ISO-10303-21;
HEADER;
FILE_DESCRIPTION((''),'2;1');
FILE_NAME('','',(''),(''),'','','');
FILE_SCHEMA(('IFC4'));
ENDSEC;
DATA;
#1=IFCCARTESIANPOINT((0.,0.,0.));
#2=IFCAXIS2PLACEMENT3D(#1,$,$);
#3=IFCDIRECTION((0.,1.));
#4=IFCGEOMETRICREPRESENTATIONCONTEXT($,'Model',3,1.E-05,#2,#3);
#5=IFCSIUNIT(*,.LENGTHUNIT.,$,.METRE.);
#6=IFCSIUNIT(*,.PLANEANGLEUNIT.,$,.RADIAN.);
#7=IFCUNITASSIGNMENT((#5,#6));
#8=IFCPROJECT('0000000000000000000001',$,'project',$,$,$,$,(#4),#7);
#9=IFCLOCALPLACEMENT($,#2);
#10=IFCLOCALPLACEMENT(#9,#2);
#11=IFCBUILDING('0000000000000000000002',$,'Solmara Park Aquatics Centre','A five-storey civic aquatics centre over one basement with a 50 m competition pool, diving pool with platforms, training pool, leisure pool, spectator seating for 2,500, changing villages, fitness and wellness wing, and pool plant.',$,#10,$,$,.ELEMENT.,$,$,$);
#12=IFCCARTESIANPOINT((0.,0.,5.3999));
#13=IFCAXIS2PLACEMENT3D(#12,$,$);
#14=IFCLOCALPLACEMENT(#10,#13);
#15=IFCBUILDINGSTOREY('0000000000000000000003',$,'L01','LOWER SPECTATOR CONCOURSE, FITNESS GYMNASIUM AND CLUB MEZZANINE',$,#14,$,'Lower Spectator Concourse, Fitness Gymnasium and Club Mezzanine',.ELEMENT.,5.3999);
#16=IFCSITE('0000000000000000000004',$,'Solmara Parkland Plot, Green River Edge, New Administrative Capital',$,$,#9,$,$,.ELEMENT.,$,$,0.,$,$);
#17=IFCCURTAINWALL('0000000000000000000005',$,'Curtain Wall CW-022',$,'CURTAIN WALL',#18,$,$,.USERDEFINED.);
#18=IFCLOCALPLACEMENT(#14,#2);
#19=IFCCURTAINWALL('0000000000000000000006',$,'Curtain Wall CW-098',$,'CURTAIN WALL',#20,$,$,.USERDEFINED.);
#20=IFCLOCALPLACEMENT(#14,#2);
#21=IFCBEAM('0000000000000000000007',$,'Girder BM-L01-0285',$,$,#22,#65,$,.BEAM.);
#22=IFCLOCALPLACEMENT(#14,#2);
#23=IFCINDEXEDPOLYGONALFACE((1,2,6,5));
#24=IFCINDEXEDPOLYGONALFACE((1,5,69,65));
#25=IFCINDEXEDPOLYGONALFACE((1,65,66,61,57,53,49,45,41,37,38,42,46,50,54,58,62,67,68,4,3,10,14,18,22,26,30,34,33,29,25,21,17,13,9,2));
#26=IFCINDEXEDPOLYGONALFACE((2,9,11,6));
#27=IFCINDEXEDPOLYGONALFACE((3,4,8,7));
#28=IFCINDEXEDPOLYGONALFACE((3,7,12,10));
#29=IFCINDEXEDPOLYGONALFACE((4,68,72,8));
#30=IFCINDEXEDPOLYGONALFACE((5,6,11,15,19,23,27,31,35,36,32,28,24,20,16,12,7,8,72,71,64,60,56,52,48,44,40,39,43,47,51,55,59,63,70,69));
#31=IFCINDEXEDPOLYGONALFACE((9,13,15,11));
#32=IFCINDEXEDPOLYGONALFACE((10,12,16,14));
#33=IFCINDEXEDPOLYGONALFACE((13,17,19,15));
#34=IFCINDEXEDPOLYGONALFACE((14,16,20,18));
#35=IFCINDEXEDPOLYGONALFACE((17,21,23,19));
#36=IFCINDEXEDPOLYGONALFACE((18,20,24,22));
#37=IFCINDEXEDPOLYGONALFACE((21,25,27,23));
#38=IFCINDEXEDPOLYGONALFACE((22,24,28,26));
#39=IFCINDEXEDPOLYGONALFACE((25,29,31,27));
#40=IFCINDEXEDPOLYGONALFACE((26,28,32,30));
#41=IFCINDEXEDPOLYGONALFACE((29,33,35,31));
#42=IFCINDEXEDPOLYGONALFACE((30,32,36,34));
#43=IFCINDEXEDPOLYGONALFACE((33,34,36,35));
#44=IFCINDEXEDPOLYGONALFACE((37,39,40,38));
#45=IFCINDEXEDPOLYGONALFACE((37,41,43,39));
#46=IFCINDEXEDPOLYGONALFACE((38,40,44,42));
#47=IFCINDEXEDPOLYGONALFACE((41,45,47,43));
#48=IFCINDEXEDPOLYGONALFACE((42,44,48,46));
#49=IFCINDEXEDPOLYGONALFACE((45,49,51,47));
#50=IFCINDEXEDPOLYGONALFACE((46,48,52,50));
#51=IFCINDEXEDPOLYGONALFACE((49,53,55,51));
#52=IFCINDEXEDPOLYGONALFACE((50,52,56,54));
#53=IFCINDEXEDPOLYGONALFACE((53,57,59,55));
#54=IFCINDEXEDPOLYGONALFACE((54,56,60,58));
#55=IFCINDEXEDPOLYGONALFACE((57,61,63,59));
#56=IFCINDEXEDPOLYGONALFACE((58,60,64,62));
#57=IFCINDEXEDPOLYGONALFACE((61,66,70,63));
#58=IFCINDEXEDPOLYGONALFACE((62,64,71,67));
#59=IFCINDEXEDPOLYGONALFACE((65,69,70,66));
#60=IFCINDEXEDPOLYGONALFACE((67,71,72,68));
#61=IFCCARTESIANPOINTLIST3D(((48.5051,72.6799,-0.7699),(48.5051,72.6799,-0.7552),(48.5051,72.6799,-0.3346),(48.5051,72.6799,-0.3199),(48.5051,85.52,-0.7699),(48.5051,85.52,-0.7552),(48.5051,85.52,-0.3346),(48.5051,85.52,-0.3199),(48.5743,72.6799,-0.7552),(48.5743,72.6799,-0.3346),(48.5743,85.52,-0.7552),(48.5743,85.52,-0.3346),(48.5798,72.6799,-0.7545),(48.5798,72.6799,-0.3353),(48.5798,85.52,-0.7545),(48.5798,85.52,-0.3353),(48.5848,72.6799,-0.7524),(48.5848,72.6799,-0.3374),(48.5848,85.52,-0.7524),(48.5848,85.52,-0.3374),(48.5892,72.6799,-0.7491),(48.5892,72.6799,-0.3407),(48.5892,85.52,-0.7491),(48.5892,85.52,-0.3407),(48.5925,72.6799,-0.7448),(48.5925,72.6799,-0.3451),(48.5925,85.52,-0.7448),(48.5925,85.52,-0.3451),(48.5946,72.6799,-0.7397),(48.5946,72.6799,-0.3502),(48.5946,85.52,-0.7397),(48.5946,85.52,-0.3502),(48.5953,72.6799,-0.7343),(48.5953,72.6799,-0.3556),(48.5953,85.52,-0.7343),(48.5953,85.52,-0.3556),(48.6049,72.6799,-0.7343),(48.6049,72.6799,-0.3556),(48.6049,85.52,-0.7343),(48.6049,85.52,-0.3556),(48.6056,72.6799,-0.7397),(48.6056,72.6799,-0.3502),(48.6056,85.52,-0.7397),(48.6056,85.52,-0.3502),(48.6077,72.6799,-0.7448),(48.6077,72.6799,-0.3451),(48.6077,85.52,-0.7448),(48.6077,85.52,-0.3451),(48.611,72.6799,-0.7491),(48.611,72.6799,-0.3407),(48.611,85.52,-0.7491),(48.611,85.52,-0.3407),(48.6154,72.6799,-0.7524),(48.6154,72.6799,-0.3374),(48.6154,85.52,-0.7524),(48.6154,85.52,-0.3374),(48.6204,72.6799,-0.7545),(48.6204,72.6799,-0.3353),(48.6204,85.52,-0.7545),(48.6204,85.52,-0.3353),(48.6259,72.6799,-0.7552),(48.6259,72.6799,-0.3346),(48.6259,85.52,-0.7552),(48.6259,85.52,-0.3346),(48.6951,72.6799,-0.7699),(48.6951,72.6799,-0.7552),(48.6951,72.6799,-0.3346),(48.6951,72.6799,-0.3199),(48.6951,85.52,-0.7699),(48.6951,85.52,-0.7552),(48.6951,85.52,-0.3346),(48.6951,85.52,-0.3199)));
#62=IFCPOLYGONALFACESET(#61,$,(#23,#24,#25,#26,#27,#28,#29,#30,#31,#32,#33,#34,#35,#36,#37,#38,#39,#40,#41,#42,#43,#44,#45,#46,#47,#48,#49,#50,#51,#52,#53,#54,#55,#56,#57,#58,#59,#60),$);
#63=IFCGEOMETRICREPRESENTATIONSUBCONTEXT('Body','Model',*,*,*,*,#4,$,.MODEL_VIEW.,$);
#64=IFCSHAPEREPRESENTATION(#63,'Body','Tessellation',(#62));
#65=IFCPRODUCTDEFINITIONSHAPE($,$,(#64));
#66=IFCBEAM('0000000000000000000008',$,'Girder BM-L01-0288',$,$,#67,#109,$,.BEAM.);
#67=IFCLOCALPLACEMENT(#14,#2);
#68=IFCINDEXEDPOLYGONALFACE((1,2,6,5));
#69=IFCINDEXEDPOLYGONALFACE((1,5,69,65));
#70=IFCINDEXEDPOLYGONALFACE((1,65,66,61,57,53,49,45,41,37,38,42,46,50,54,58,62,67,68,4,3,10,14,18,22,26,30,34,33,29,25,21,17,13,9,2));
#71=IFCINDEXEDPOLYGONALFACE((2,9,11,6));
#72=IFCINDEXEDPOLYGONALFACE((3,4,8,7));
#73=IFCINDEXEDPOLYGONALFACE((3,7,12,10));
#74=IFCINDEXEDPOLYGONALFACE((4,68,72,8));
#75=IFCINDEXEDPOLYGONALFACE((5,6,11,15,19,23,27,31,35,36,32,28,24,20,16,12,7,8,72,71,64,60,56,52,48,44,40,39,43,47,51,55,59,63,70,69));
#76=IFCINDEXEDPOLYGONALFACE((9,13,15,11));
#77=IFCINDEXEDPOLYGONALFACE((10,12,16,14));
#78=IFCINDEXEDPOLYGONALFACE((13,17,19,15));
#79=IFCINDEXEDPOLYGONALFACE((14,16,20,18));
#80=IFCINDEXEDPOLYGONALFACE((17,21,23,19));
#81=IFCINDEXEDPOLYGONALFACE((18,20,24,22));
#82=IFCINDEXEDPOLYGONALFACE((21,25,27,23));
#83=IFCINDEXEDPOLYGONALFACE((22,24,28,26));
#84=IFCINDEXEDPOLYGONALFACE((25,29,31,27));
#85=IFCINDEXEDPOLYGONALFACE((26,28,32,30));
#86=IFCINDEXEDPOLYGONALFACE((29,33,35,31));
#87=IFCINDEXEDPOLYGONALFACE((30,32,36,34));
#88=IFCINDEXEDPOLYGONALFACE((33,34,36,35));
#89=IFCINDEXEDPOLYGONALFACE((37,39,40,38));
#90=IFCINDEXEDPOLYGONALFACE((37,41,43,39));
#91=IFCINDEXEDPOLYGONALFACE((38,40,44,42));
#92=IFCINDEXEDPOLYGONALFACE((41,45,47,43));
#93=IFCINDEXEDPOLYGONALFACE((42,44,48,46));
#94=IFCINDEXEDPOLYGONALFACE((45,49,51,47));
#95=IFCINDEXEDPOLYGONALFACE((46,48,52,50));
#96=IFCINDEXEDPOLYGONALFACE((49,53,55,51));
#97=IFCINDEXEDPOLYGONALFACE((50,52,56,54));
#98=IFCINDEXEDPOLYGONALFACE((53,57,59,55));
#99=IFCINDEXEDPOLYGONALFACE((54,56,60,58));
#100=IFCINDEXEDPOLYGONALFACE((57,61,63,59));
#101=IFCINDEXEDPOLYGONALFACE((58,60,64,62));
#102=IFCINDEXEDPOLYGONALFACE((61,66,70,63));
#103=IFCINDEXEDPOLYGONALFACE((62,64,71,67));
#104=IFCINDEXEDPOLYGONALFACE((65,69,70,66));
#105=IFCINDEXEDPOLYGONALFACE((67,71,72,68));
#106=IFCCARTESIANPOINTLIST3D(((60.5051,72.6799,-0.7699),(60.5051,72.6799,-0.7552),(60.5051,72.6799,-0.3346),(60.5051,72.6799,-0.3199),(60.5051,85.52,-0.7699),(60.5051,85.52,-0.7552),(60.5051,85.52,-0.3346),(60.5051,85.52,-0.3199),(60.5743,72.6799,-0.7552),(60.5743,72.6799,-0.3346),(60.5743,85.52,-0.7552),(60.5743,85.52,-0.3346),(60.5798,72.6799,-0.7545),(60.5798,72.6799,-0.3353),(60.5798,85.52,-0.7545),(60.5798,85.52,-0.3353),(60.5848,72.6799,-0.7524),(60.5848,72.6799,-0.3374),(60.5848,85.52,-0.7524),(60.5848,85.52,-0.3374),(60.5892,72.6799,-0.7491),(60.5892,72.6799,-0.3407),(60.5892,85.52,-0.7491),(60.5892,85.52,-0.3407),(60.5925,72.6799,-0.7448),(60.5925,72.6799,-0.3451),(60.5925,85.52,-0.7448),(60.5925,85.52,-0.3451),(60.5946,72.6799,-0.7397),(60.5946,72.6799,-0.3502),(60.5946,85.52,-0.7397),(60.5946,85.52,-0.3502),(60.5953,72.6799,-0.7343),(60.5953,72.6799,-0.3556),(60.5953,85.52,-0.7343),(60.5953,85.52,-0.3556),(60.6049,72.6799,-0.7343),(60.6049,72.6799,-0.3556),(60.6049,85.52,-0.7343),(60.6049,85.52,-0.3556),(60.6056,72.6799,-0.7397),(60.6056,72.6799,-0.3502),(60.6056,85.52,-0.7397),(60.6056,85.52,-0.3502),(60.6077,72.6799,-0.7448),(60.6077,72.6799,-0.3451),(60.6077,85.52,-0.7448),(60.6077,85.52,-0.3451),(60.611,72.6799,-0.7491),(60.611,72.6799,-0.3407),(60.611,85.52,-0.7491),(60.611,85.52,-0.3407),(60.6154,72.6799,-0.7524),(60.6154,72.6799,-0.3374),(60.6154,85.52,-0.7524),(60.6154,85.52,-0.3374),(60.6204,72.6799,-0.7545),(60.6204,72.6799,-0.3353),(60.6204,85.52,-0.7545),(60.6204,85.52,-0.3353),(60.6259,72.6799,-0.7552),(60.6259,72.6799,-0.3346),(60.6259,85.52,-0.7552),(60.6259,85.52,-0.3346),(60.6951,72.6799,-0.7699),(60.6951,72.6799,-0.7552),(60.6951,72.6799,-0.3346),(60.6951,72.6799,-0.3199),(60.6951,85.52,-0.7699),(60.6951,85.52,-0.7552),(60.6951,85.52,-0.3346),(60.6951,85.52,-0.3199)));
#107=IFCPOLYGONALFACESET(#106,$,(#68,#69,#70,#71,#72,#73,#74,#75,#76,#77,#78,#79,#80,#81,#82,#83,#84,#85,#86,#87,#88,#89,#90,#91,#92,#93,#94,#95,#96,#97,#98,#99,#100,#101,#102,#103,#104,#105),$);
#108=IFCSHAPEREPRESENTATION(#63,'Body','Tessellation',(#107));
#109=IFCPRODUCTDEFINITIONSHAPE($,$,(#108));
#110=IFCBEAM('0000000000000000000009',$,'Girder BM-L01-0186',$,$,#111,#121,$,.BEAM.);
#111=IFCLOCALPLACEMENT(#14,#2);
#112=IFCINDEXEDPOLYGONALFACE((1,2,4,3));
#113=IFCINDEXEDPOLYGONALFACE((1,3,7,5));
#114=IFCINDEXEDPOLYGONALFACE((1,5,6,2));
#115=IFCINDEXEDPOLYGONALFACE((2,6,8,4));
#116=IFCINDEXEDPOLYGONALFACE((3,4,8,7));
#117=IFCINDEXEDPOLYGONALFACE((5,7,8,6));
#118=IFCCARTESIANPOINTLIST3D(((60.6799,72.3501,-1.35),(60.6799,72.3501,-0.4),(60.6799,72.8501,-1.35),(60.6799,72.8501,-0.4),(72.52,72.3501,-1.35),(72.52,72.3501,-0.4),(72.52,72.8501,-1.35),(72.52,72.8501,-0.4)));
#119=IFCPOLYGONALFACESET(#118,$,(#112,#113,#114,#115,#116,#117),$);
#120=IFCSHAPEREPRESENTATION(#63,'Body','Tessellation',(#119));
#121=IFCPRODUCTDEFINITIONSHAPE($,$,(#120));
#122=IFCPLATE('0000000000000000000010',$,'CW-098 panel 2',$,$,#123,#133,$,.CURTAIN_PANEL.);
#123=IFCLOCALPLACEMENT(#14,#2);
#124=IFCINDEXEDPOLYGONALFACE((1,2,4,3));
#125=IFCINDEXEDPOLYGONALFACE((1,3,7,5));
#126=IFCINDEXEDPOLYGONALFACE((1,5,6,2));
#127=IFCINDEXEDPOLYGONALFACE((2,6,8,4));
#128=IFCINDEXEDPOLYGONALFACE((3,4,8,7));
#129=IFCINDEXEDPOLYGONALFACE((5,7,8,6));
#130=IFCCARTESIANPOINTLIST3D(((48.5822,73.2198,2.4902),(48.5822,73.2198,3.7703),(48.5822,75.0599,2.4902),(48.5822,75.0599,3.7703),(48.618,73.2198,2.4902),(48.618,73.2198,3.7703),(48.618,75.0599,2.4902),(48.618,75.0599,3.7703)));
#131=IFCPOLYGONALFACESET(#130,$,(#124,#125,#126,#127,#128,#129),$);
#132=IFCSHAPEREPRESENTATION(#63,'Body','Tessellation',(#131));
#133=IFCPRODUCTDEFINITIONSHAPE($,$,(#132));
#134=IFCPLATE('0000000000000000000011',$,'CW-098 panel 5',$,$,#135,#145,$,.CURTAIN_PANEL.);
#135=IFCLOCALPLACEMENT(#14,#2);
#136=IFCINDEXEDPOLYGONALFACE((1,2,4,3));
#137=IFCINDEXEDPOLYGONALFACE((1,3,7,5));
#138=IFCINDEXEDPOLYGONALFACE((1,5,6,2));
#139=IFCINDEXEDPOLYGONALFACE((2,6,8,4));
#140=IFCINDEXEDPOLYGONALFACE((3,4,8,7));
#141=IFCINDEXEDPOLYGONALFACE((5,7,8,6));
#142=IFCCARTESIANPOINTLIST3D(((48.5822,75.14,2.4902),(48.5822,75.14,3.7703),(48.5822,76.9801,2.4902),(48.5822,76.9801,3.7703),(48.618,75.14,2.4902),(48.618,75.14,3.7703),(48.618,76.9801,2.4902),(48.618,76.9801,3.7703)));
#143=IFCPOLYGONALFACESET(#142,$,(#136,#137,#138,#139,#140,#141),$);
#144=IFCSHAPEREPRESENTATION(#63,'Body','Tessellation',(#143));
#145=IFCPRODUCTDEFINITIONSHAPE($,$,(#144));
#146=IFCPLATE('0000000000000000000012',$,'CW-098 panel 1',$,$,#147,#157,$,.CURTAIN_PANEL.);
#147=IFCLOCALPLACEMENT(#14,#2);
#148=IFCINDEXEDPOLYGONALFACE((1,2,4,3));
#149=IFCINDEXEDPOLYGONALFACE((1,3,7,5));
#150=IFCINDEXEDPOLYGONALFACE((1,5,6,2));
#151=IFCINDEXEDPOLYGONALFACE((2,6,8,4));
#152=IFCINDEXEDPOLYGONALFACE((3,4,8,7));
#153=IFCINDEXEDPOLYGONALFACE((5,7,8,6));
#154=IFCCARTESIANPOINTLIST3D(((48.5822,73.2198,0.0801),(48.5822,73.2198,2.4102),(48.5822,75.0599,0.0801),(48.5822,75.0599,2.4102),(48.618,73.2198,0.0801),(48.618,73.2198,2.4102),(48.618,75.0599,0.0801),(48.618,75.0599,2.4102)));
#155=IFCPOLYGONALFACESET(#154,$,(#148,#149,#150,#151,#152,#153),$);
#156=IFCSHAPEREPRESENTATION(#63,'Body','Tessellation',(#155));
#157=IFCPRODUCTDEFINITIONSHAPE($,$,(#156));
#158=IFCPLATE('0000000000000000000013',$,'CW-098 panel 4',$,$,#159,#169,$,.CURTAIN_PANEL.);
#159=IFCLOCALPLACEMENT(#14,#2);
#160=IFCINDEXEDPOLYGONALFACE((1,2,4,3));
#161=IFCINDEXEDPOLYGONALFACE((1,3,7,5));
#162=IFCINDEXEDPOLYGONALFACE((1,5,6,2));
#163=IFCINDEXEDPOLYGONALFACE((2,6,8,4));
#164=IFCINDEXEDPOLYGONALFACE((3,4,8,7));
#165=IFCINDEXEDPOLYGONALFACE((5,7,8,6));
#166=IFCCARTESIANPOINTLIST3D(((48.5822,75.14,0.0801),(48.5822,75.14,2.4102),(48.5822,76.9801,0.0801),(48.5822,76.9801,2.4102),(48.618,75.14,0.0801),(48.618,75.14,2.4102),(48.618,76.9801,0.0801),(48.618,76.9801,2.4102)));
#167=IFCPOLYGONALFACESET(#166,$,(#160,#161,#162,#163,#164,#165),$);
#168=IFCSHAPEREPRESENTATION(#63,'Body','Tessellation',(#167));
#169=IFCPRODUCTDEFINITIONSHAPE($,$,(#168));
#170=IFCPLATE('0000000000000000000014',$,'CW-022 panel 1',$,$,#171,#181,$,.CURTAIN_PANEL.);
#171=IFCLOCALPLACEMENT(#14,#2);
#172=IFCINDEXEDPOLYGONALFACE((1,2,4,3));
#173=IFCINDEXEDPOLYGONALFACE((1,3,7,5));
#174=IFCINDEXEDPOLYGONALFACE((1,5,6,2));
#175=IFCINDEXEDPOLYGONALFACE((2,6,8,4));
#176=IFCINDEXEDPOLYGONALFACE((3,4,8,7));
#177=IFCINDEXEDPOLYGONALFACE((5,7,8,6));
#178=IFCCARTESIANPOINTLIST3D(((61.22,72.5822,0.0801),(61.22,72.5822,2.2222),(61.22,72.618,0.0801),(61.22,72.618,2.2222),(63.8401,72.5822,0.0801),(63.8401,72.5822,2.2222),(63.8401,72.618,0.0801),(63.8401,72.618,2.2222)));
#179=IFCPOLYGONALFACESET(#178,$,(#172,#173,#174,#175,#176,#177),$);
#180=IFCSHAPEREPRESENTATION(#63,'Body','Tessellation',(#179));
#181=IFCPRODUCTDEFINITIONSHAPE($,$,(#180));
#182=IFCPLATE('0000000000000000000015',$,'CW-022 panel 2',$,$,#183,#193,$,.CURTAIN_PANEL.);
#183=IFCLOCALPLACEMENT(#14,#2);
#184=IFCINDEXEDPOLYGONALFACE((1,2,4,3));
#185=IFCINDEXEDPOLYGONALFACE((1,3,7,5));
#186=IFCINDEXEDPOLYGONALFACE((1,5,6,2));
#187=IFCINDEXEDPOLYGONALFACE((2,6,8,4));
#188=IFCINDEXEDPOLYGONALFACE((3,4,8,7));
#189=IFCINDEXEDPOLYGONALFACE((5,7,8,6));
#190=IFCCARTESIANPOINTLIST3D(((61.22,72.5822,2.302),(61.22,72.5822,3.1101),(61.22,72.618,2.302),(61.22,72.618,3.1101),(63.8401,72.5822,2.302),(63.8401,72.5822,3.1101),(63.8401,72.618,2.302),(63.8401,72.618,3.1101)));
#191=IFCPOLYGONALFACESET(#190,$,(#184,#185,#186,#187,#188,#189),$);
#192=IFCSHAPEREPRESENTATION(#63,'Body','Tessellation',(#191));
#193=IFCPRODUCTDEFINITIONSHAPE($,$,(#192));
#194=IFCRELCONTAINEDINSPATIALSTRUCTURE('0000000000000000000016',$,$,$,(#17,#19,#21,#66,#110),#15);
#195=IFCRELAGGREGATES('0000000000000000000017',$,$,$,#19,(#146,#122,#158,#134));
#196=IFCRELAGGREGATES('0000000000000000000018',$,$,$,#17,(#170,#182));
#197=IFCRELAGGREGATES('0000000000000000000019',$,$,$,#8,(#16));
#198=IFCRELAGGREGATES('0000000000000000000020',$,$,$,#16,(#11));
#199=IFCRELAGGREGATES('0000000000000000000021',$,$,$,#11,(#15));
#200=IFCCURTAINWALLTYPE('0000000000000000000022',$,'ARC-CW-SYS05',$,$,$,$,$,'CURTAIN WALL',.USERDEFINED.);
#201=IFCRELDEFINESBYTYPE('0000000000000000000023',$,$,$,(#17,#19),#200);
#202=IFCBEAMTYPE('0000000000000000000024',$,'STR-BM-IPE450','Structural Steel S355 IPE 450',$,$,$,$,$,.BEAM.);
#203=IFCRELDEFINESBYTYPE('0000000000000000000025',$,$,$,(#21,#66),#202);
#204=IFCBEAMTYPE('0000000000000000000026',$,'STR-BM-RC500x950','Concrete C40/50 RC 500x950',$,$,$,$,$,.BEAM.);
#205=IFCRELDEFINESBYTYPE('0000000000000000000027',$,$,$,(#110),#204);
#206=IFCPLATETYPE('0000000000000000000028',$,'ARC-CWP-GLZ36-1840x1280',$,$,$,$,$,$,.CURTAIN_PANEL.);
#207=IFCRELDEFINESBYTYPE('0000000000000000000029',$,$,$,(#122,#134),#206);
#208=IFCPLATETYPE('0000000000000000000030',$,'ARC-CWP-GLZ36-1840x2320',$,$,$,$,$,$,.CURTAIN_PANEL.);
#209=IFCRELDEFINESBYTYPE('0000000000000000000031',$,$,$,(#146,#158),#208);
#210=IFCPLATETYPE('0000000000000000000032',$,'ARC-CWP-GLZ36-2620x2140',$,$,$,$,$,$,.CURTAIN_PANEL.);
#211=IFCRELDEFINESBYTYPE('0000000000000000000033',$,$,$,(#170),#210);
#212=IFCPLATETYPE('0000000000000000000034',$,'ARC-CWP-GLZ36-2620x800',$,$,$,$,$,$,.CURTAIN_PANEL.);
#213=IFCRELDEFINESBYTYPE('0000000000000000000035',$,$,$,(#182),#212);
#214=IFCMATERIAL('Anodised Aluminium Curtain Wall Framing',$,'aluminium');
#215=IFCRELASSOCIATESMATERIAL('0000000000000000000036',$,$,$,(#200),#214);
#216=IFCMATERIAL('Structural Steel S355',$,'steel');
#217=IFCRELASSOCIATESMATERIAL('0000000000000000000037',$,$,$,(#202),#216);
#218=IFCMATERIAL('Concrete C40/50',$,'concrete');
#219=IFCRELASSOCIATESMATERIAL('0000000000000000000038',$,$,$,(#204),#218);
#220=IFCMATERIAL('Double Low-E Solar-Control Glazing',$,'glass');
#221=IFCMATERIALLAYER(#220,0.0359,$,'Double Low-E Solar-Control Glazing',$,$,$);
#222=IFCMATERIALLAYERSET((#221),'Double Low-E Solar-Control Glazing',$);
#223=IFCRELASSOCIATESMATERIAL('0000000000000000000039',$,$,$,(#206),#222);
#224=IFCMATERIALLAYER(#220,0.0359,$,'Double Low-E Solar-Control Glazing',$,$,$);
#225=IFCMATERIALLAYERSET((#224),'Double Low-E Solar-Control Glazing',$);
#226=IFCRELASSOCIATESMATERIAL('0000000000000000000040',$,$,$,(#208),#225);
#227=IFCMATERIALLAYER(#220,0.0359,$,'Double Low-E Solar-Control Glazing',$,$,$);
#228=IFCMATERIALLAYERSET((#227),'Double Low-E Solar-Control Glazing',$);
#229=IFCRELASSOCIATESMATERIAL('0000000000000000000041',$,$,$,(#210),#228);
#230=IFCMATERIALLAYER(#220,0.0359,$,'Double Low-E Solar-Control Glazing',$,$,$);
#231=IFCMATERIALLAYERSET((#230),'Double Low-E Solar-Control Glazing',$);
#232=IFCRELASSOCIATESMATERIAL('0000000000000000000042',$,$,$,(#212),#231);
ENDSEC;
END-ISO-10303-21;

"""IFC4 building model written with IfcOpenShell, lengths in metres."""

from ifc_helpers import new_model, si_unit, direction, frame, origin, origin_2d, place, context, subcontext, project, spatial, rectangle, i_section, extrude, material, layer, layer_set, material_profile, profile_set, type_object, element, aggregate, save


model = new_model("IFC4")

# Units and contexts
model_context = context("Model", 3, precision=1e-05, world=origin(), true_north=direction((0.0, 1.0)))
body_context = subcontext(model_context, "Body", "Model", "MODEL_VIEW")
ifc_project = project(units=[si_unit("LENGTHUNIT", "METRE"), si_unit("PLANEANGLEUNIT", "RADIAN")], contexts=[model_context])

# Site, building, storey
site_placement = place(None, origin())
site = spatial("IfcSite", under=ifc_project, at=site_placement, Name="Solmara Parkland Plot, Green River Edge, New Administrative Capital", CompositionType="ELEMENT", RefElevation=0.0)
building_placement = place(site_placement, origin())
building = spatial("IfcBuilding", under=site, at=building_placement, Name="Solmara Park Aquatics Centre", Description="A five-storey civic aquatics centre over one basement with a 50 m competition pool, diving pool with platforms, training pool, leisure pool, spectator seating for 2,500, changing villages, fitness and wellness wing, and pool plant.", CompositionType="ELEMENT")
storey_placement = place(building_placement, frame((0.0, 0.0, 5.3999)))
storey = spatial("IfcBuildingStorey", under=building, at=storey_placement, Name="L01", Description="LOWER SPECTATOR CONCOURSE, FITNESS GYMNASIUM AND CLUB MEZZANINE", LongName="Lower Spectator Concourse, Fitness Gymnasium and Club Mezzanine", CompositionType="ELEMENT", Elevation=5.3999)

# Shared definitions
ifc_material_1 = material(Name="Structural Steel S355", Category="steel")

# Curtain walls
ifc_material_2 = material(Name="Anodised Aluminium Curtain Wall Framing", Category="aluminium")
curtain_wall_type = type_object("IfcCurtainWallType", Name="ARC-CW-SYS05", ElementType="CURTAIN WALL", PredefinedType="USERDEFINED", material=ifc_material_2)
curtain_wall_1_placement = place(storey_placement, origin())
curtain_wall_1 = element("IfcCurtainWall", 1, at=curtain_wall_1_placement, inside=storey, type_object=curtain_wall_type, Name="Curtain Wall CW-022", ObjectType="CURTAIN WALL", PredefinedType="USERDEFINED")
curtain_wall_2_placement = place(storey_placement, origin())
curtain_wall_2 = element("IfcCurtainWall", 2, at=curtain_wall_2_placement, inside=storey, type_object=curtain_wall_type, Name="Curtain Wall CW-098", ObjectType="CURTAIN WALL", PredefinedType="USERDEFINED")

# Beams
ifc_material_profile_1 = material_profile(ifc_material_1, i_section(OverallWidth=0.1899, OverallDepth=0.45, WebThickness=0.0095, FlangeThickness=0.0146, FilletRadius=0.021, at=origin_2d()), Name="IPE 450")
ifc_profile_set_1 = profile_set([ifc_material_profile_1], Name="Structural Steel S355")
beam_type_1 = type_object("IfcBeamType", Name="STR-BM-IPE450", Description="Structural Steel S355 IPE 450", PredefinedType="BEAM", material=ifc_profile_set_1)
for number, where, z_axis, x_axis, name in (
    (3, (48.6001, 72.6799, -0.5449), (0.0, 1.0, 0.0), (-1.0, 0.0, 0.0), "Girder BM-L01-0285"),
    (4, (60.6001, 72.6799, -0.5449), (0.0, 1.0, 0.0), (-1.0, 0.0, 0.0), "Girder BM-L01-0288"),
):
    element("IfcBeam", number, at=place(storey_placement, frame(where, z_axis=z_axis, x_axis=x_axis)), inside=storey, type_object=beam_type_1, Name=name, PredefinedType="BEAM", context=body_context, shape_type="SweptSolid", body=[
        extrude(i_section(OverallWidth=0.1899, OverallDepth=0.45, WebThickness=0.0095, FlangeThickness=0.0146, FilletRadius=0.021, at=origin_2d()), origin(), (0.0, 0.0, 1.0), 12.8401),
    ])
ifc_material_3 = material(Name="Concrete C40/50", Category="concrete")
ifc_material_profile_2 = material_profile(ifc_material_3, rectangle(XDim=0.5, YDim=0.95, at=origin_2d()), Name="RC 500x950")
ifc_profile_set_2 = profile_set([ifc_material_profile_2], Name="Concrete C40/50")
beam_type_2 = type_object("IfcBeamType", Name="STR-BM-RC500x950", Description="Concrete C40/50 RC 500x950", PredefinedType="BEAM", material=ifc_profile_set_2)
beam_1_placement = place(storey_placement, frame((60.6799, 72.6001, -0.875), z_axis=(1.0, 0.0, 0.0), x_axis=(0.0, 1.0, 0.0)))
element("IfcBeam", 5, at=beam_1_placement, inside=storey, type_object=beam_type_2, Name="Girder BM-L01-0186", PredefinedType="BEAM", context=body_context, shape_type="SweptSolid", body=[
    extrude(rectangle(XDim=0.5, YDim=0.95, at=origin_2d()), origin(), (0.0, 0.0, 1.0), 11.8401),
])

# Plates
ifc_material_4 = material(Name="Double Low-E Solar-Control Glazing", Category="glass")
ifc_layer_1 = layer(ifc_material_4, 0.0359, Name="Double Low-E Solar-Control Glazing")
ifc_layer_set_1 = layer_set([ifc_layer_1], Name="Double Low-E Solar-Control Glazing")
plate_type_1 = type_object("IfcPlateType", Name="ARC-CWP-GLZ36-1840x1280", PredefinedType="CURTAIN_PANEL", material=ifc_layer_set_1)
plate_1_placement = place(storey_placement, frame((48.6001, 74.1399, 2.4902), z_axis=(0.0, 0.0, 1.0), x_axis=(0.0, 1.0, 0.0)))
plate_1 = element("IfcPlate", 6, at=plate_1_placement, type_object=plate_type_1, Name="CW-098 panel 2", PredefinedType="CURTAIN_PANEL", context=body_context, shape_type="SweptSolid", body=[
    extrude(rectangle(XDim=1.8401, YDim=0.0359, at=origin_2d()), origin(), (0.0, 0.0, 1.0), 1.28),
])
plate_2_placement = place(storey_placement, frame((48.6001, 76.0601, 2.4902), z_axis=(0.0, 0.0, 1.0), x_axis=(0.0, 1.0, 0.0)))
plate_2 = element("IfcPlate", 7, at=plate_2_placement, type_object=plate_type_1, Name="CW-098 panel 5", PredefinedType="CURTAIN_PANEL", context=body_context, shape_type="SweptSolid", body=[
    extrude(rectangle(XDim=1.8401, YDim=0.0359, at=origin_2d()), origin(), (0.0, 0.0, 1.0), 1.28),
])
ifc_layer_2 = layer(ifc_material_4, 0.0359, Name="Double Low-E Solar-Control Glazing")
ifc_layer_set_2 = layer_set([ifc_layer_2], Name="Double Low-E Solar-Control Glazing")
plate_type_2 = type_object("IfcPlateType", Name="ARC-CWP-GLZ36-1840x2320", PredefinedType="CURTAIN_PANEL", material=ifc_layer_set_2)
plate_3_placement = place(storey_placement, frame((48.6001, 74.1399, 0.0801), z_axis=(0.0, 0.0, 1.0), x_axis=(0.0, 1.0, 0.0)))
plate_3 = element("IfcPlate", 8, at=plate_3_placement, type_object=plate_type_2, Name="CW-098 panel 1", PredefinedType="CURTAIN_PANEL", context=body_context, shape_type="SweptSolid", body=[
    extrude(rectangle(XDim=1.8401, YDim=0.0359, at=origin_2d()), origin(), (0.0, 0.0, 1.0), 2.3301),
])
plate_4_placement = place(storey_placement, frame((48.6001, 76.0601, 0.0801), z_axis=(0.0, 0.0, 1.0), x_axis=(0.0, 1.0, 0.0)))
plate_4 = element("IfcPlate", 9, at=plate_4_placement, type_object=plate_type_2, Name="CW-098 panel 4", PredefinedType="CURTAIN_PANEL", context=body_context, shape_type="SweptSolid", body=[
    extrude(rectangle(XDim=1.8401, YDim=0.0359, at=origin_2d()), origin(), (0.0, 0.0, 1.0), 2.3301),
])
ifc_layer_3 = layer(ifc_material_4, 0.0359, Name="Double Low-E Solar-Control Glazing")
ifc_layer_set_3 = layer_set([ifc_layer_3], Name="Double Low-E Solar-Control Glazing")
plate_type_3 = type_object("IfcPlateType", Name="ARC-CWP-GLZ36-2620x2140", PredefinedType="CURTAIN_PANEL", material=ifc_layer_set_3)
plate_5_placement = place(storey_placement, frame((62.53, 72.6001, 0.0801), z_axis=(0.0, 0.0, 1.0), x_axis=(1.0, 0.0, 0.0)))
plate_5 = element("IfcPlate", 10, at=plate_5_placement, type_object=plate_type_3, Name="CW-022 panel 1", PredefinedType="CURTAIN_PANEL", context=body_context, shape_type="SweptSolid", body=[
    extrude(rectangle(XDim=2.6201, YDim=0.0359, at=origin_2d()), origin(), (0.0, 0.0, 1.0), 2.1421),
])
ifc_layer_4 = layer(ifc_material_4, 0.0359, Name="Double Low-E Solar-Control Glazing")
ifc_layer_set_4 = layer_set([ifc_layer_4], Name="Double Low-E Solar-Control Glazing")
plate_type_4 = type_object("IfcPlateType", Name="ARC-CWP-GLZ36-2620x800", PredefinedType="CURTAIN_PANEL", material=ifc_layer_set_4)
plate_6_placement = place(storey_placement, frame((62.53, 72.6001, 2.302), z_axis=(0.0, 0.0, 1.0), x_axis=(1.0, 0.0, 0.0)))
plate_6 = element("IfcPlate", 11, at=plate_6_placement, type_object=plate_type_4, Name="CW-022 panel 2", PredefinedType="CURTAIN_PANEL", context=body_context, shape_type="SweptSolid", body=[
    extrude(rectangle(XDim=2.6201, YDim=0.0359, at=origin_2d()), origin(), (0.0, 0.0, 1.0), 0.8081),
])
aggregate(curtain_wall_2, [plate_3, plate_1, plate_4, plate_2])
aggregate(curtain_wall_1, [plate_5, plate_6])

save(model, "model.ifc")
